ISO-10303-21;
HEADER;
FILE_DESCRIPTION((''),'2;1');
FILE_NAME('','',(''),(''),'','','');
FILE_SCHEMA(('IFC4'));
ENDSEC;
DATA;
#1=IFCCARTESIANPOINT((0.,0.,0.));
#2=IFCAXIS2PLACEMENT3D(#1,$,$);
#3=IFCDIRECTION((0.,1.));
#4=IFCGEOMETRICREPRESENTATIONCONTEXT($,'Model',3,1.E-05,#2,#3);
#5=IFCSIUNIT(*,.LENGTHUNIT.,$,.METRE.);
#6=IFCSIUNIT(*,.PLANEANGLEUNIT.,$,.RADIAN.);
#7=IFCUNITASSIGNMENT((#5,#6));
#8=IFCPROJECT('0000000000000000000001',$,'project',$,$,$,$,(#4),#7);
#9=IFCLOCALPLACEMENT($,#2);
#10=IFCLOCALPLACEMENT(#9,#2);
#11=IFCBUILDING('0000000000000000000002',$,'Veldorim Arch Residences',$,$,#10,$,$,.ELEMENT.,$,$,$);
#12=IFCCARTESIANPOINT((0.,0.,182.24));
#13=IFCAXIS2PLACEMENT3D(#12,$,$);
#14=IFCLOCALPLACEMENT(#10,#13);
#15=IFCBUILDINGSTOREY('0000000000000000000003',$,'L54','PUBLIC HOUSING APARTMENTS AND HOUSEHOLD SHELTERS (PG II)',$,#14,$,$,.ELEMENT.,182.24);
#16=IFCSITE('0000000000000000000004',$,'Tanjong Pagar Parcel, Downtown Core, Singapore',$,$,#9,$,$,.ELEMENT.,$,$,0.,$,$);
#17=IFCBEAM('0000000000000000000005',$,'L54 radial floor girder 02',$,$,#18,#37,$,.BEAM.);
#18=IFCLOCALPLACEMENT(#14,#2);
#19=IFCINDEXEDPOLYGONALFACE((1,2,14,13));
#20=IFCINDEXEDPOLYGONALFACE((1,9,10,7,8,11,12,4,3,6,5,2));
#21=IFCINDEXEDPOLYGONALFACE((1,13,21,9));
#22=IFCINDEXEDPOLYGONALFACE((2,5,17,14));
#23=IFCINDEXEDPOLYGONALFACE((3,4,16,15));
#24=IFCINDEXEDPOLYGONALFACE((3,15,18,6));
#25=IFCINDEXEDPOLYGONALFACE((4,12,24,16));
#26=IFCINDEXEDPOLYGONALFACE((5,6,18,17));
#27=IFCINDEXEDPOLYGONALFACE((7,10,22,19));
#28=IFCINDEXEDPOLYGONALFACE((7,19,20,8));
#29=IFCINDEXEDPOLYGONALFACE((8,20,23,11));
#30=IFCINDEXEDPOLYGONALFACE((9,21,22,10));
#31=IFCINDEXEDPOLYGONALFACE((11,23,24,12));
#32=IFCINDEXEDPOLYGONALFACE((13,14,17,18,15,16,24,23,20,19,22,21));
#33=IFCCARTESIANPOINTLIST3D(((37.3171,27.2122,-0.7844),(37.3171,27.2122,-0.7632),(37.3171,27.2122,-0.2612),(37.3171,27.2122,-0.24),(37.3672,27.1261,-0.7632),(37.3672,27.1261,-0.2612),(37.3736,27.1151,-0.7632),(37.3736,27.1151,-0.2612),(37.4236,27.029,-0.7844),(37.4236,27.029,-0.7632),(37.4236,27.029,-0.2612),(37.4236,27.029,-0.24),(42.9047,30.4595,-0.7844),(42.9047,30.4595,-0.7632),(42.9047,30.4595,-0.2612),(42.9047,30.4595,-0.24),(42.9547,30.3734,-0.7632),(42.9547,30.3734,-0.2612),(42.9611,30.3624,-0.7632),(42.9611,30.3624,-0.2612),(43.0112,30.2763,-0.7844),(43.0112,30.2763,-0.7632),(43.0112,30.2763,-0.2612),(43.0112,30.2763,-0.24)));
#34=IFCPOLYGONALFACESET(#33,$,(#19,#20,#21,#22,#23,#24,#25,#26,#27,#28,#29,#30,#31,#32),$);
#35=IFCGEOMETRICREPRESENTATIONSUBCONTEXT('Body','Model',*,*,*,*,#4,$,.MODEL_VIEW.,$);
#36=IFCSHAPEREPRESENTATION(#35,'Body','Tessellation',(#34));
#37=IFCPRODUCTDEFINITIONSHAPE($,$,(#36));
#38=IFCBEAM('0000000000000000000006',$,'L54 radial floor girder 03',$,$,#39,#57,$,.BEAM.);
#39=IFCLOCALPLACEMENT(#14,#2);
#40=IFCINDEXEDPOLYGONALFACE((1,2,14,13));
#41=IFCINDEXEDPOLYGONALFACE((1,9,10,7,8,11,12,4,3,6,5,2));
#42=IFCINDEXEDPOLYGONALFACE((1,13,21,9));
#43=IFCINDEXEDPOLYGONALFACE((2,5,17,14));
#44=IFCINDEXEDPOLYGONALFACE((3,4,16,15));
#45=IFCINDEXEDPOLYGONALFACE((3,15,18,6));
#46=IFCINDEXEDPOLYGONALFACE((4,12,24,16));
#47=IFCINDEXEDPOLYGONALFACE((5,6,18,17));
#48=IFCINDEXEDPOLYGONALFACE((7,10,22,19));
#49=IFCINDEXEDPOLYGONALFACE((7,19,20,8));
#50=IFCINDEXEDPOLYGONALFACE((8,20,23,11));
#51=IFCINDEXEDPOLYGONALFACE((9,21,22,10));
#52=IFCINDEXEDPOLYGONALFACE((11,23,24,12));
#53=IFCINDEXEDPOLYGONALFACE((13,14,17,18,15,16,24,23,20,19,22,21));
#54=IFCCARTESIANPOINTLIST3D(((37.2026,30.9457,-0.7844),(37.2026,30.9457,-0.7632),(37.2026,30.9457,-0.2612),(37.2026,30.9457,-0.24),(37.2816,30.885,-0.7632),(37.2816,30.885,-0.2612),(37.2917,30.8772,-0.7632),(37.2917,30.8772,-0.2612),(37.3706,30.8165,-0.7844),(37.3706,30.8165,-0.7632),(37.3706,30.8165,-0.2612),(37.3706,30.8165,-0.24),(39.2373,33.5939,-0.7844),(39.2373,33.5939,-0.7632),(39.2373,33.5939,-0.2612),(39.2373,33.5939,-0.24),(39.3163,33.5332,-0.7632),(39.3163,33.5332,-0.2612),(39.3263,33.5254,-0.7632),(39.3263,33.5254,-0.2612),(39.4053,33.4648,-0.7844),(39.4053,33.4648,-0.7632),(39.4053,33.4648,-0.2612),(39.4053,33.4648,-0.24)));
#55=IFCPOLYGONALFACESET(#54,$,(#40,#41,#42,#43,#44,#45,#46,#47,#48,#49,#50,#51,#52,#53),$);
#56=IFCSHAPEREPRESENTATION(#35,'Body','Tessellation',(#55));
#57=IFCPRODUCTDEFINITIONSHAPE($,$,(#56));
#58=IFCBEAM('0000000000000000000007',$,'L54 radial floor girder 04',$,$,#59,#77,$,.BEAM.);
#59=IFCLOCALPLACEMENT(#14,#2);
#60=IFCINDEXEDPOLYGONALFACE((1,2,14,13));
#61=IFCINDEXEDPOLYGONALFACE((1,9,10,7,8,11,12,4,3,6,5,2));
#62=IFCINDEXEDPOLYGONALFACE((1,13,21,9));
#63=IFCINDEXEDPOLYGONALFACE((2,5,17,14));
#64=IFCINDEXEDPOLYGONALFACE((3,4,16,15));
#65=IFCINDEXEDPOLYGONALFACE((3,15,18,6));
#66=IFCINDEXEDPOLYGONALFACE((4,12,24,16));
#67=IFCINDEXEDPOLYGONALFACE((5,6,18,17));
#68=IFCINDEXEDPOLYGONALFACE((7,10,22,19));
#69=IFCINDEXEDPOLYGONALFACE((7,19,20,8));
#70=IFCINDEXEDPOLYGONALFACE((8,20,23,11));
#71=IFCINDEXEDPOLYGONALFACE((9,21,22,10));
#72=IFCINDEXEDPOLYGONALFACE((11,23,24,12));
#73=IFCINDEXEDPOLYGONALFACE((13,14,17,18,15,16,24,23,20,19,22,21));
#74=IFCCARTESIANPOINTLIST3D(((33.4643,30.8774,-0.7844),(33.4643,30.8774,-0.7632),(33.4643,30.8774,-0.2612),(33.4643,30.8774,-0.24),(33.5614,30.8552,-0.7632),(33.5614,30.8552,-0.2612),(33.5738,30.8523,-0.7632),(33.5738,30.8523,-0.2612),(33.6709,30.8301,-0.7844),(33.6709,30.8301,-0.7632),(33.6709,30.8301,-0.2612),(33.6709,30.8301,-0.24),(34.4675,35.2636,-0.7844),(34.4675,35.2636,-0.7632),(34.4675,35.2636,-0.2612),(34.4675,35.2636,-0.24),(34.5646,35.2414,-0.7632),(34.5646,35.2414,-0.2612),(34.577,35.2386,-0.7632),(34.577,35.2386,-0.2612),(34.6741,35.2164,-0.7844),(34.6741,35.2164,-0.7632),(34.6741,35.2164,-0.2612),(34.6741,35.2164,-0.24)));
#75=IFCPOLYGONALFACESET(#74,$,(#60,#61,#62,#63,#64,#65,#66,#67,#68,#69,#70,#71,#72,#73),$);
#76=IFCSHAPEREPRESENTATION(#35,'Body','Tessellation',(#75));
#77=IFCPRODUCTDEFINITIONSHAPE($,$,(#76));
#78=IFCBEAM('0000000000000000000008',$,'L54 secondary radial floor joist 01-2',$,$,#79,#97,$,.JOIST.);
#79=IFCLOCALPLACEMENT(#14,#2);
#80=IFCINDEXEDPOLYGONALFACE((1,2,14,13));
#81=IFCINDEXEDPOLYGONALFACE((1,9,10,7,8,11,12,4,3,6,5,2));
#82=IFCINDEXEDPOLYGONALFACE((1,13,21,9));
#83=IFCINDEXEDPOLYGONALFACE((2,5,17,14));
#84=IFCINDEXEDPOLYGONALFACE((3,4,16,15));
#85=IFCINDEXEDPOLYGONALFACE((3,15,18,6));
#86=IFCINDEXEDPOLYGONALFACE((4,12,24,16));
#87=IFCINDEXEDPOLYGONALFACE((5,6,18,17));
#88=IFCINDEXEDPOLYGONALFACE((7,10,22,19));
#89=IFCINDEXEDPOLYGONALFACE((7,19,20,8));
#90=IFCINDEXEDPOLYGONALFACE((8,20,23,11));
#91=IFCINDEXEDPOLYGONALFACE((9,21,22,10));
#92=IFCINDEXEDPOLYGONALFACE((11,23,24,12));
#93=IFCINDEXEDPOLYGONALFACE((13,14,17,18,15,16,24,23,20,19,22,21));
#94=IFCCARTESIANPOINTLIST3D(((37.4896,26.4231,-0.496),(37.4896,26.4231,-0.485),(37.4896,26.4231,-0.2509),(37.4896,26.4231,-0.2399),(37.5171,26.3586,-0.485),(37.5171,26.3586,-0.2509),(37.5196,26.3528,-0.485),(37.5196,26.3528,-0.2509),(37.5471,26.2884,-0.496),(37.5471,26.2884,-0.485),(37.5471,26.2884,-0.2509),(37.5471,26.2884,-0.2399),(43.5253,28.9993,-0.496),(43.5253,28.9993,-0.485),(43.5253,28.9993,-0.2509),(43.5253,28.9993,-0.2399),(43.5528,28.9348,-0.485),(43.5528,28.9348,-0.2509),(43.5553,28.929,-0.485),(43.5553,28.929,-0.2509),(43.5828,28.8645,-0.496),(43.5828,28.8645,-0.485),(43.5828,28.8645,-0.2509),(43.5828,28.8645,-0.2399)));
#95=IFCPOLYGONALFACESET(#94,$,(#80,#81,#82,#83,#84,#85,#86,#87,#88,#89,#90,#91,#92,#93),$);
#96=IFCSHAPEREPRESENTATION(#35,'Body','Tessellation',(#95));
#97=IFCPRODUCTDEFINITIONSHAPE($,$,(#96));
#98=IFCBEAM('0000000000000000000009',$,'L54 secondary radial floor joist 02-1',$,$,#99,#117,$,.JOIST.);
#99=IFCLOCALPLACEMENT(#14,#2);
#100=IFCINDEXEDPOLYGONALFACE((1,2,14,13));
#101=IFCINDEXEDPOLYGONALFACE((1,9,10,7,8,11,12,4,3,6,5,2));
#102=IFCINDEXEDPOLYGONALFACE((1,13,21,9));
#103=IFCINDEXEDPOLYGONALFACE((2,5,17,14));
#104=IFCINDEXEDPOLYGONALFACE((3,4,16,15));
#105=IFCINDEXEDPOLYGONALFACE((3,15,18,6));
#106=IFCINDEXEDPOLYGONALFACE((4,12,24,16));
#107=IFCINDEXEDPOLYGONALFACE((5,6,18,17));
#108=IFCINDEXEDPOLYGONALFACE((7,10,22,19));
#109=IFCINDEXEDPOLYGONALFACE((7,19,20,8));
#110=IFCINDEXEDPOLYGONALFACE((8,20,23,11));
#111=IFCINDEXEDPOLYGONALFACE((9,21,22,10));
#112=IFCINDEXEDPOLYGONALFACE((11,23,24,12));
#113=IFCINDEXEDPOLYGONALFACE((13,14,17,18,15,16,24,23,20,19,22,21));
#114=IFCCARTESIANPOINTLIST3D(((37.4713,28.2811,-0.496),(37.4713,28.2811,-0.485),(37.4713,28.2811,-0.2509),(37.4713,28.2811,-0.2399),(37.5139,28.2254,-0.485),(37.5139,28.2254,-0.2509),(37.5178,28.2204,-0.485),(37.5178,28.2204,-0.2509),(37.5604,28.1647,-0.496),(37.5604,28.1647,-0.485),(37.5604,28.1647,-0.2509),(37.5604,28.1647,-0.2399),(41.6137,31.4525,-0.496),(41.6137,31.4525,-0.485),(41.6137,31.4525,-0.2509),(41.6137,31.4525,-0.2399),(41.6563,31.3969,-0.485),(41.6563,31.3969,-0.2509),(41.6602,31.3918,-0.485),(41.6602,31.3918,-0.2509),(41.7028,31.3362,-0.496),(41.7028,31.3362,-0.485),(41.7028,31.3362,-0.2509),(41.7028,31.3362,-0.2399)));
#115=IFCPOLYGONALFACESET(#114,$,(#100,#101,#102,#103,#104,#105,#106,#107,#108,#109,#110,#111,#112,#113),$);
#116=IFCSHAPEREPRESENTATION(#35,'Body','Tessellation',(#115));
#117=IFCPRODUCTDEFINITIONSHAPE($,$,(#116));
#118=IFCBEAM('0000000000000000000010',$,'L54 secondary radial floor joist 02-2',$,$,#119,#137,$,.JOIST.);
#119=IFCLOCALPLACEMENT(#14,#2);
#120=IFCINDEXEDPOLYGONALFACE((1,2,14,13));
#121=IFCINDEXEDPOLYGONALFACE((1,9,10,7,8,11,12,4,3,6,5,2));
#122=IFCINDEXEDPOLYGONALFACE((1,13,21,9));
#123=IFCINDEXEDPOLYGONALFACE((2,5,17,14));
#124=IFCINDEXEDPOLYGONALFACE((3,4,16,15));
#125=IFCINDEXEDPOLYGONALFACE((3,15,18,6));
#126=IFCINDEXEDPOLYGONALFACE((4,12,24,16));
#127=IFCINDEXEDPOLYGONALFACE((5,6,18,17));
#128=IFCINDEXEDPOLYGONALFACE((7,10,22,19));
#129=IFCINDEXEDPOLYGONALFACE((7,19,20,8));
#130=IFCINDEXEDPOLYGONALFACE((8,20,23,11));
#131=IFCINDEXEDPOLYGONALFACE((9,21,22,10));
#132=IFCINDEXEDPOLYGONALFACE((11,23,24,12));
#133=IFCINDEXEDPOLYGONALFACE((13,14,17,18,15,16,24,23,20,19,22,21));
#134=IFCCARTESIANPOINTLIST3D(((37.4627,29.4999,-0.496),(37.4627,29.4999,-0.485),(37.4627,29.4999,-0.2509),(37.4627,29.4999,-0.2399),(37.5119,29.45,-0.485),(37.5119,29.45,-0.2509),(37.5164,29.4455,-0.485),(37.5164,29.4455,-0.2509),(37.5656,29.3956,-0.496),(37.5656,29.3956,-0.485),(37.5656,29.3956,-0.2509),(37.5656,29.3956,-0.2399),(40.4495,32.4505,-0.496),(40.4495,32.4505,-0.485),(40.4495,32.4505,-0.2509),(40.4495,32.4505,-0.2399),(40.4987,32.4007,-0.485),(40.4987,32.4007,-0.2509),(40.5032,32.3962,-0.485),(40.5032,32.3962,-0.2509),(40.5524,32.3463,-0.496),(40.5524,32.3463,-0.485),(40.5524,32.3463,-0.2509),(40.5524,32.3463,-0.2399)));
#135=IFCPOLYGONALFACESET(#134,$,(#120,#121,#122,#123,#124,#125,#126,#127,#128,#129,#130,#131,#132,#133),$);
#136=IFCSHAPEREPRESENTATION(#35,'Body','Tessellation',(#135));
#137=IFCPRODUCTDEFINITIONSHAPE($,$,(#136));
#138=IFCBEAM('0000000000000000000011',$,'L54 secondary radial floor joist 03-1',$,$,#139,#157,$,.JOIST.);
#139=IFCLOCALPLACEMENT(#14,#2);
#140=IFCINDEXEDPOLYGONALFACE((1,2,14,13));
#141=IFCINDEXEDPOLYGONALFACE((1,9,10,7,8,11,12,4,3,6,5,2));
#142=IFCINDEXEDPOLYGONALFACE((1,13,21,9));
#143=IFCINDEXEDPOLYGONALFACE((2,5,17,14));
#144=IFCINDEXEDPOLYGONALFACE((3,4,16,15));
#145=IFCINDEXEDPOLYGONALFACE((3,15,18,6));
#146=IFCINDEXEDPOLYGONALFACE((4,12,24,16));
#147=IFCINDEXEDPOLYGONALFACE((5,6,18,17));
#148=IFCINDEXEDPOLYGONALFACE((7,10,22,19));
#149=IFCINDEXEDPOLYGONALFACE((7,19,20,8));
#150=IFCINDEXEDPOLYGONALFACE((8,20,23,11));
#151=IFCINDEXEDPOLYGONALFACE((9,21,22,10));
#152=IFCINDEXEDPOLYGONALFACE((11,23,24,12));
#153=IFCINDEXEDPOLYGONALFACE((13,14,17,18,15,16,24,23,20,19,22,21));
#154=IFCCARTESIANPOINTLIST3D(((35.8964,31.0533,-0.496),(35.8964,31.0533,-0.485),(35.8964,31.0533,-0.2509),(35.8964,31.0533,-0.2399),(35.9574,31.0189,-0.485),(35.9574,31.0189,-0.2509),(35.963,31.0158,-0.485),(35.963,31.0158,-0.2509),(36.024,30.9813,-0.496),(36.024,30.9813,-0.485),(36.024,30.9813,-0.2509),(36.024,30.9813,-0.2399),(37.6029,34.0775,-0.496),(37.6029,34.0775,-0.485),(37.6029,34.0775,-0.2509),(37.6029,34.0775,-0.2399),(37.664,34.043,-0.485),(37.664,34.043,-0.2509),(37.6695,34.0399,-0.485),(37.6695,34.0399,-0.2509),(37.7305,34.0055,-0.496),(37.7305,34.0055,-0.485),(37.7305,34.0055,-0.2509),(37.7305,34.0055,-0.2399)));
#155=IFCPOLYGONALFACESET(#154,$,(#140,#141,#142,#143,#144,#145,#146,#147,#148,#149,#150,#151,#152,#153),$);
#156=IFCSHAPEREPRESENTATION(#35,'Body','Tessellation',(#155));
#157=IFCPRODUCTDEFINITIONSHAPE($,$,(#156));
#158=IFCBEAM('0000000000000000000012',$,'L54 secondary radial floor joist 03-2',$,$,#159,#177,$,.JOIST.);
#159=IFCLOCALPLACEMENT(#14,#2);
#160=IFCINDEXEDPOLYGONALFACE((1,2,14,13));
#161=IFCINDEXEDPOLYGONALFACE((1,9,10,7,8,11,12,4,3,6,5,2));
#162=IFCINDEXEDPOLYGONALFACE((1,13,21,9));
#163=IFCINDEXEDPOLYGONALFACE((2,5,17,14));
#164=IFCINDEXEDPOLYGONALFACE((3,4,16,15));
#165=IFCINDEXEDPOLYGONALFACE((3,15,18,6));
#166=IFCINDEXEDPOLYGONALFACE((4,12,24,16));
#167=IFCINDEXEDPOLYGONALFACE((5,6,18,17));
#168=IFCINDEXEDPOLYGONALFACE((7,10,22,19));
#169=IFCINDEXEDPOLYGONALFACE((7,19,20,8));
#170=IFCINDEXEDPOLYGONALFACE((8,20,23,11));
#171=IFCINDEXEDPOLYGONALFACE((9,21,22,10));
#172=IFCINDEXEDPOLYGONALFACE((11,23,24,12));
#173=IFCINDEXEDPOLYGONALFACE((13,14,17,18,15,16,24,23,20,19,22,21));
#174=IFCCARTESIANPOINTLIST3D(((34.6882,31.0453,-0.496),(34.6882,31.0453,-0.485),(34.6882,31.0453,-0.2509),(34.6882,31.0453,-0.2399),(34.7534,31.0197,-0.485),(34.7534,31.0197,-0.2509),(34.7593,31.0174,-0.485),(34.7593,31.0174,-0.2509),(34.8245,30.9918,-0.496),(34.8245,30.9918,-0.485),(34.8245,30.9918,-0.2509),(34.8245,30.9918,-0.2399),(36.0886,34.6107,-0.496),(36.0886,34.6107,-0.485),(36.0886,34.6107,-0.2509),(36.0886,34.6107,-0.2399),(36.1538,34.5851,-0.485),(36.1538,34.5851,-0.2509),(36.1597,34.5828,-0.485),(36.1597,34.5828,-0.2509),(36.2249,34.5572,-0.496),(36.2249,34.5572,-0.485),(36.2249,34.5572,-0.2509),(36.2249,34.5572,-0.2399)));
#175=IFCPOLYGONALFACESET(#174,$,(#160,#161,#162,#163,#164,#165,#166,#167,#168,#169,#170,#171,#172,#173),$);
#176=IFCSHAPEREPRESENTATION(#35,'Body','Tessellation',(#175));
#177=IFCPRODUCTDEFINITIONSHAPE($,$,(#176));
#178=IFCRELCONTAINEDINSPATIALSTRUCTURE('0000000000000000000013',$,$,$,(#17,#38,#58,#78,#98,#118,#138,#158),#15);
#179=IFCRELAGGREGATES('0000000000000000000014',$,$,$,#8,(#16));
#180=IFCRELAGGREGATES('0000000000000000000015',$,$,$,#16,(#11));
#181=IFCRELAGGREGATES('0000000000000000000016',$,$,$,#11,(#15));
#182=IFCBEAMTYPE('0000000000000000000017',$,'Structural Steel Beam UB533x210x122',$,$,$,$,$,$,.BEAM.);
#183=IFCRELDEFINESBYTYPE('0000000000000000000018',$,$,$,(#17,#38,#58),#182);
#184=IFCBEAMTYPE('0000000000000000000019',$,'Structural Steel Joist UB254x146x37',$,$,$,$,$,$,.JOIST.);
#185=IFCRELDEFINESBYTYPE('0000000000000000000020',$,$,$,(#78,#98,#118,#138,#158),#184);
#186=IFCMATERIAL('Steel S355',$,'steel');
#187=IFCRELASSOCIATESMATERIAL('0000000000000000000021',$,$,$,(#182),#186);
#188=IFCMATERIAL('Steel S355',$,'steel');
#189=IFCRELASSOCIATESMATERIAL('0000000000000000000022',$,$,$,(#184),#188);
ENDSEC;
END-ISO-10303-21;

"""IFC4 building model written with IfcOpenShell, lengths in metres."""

from ifc_helpers import new_model, si_unit, direction, frame, origin, origin_2d, place, context, subcontext, project, spatial, i_section, extrude, material, material_profile, profile_set, type_object, element, save


model = new_model("IFC4")

# Units and contexts
model_context = context("Model", 3, precision=1e-05, world=origin(), true_north=direction((0.0, 1.0)))
body_context = subcontext(model_context, "Body", "Model", "MODEL_VIEW")
ifc_project = project(units=[si_unit("LENGTHUNIT", "METRE"), si_unit("PLANEANGLEUNIT", "RADIAN")], contexts=[model_context])

# Site, building, storey
site_placement = place(None, origin())
site = spatial("IfcSite", under=ifc_project, at=site_placement, Name="Tanjong Pagar Parcel, Downtown Core, Singapore", CompositionType="ELEMENT", RefElevation=0.0)
building_placement = place(site_placement, origin())
building = spatial("IfcBuilding", under=site, at=building_placement, Name="Veldorim Arch Residences", CompositionType="ELEMENT")
storey_placement = place(building_placement, frame((0.0, 0.0, 182.24)))
storey = spatial("IfcBuildingStorey", under=building, at=storey_placement, Name="L54", Description="PUBLIC HOUSING APARTMENTS AND HOUSEHOLD SHELTERS (PG II)", CompositionType="ELEMENT", Elevation=182.24)

# Beams
ifc_material_1 = material(Name="Steel S355", Category="steel")
ifc_material_profile_1 = material_profile(ifc_material_1, i_section(OverallWidth=0.2119, OverallDepth=0.5444, WebThickness=0.0127, FlangeThickness=0.0212, at=origin_2d()), Name="UB533x210x122")
ifc_profile_set_1 = profile_set([ifc_material_profile_1], Name="Steel S355")
beam_type_1 = type_object("IfcBeamType", Name="Structural Steel Beam UB533x210x122", PredefinedType="BEAM", material=ifc_profile_set_1)
beam_1_placement = place(storey_placement, frame((37.3704, 27.1206, -0.5122), z_axis=(0.864596, 0.502468, 0.0), x_axis=(-0.502468, 0.864596, 0.0)))
element("IfcBeam", 1, at=beam_1_placement, inside=storey, type_object=beam_type_1, Name="L54 radial floor girder 02", PredefinedType="BEAM", context=body_context, shape_type="SweptSolid", body=[
    extrude(i_section(OverallWidth=0.2119, OverallDepth=0.5444, WebThickness=0.0127, FlangeThickness=0.0212, at=origin_2d()), origin(), (0.0, 0.0, 1.0), 6.4626),
])
beam_2_placement = place(storey_placement, frame((37.2866, 30.8811, -0.5122), z_axis=(0.609258, 0.792972, 0.0), x_axis=(-0.792972, 0.609258, 0.0)))
element("IfcBeam", 2, at=beam_2_placement, inside=storey, type_object=beam_type_1, Name="L54 radial floor girder 03", PredefinedType="BEAM", context=body_context, shape_type="SweptSolid", body=[
    extrude(i_section(OverallWidth=0.2119, OverallDepth=0.5444, WebThickness=0.0127, FlangeThickness=0.0212, at=origin_2d()), origin(), (0.0, 0.0, 1.0), 3.3396),
])
beam_3_placement = place(storey_placement, frame((33.5676, 30.8538, -0.5122), z_axis=(0.222953, 0.974829, 0.0), x_axis=(-0.974829, 0.222953, 0.0)))
element("IfcBeam", 3, at=beam_3_placement, inside=storey, type_object=beam_type_1, Name="L54 radial floor girder 04", PredefinedType="BEAM", context=body_context, shape_type="SweptSolid", body=[
    extrude(i_section(OverallWidth=0.2119, OverallDepth=0.5444, WebThickness=0.0127, FlangeThickness=0.0212, at=origin_2d()), origin(), (0.0, 0.0, 1.0), 4.4995),
])
ifc_material_2 = material(Name="Steel S355", Category="steel")
ifc_material_profile_2 = material_profile(ifc_material_2, i_section(OverallWidth=0.1465, OverallDepth=0.2561, WebThickness=0.0063, FlangeThickness=0.011, at=origin_2d()), Name="UB254x146x37")
ifc_profile_set_2 = profile_set([ifc_material_profile_2], Name="Steel S355")
beam_type_2 = type_object("IfcBeamType", Name="Structural Steel Joist UB254x146x37", PredefinedType="JOIST", material=ifc_profile_set_2)
beam_4_placement = place(storey_placement, frame((37.5183, 26.3557, -0.3679), z_axis=(0.919725, 0.392563, 0.0), x_axis=(-0.392563, 0.919725, 0.0)))
element("IfcBeam", 4, at=beam_4_placement, inside=storey, type_object=beam_type_2, Name="L54 secondary radial floor joist 01-2", PredefinedType="JOIST", context=body_context, shape_type="SweptSolid", body=[
    extrude(i_section(OverallWidth=0.1465, OverallDepth=0.2561, WebThickness=0.0063, FlangeThickness=0.011, at=origin_2d()), origin(), (0.0, 0.0, 1.0), 6.5625),
])
beam_5_placement = place(storey_placement, frame((37.5159, 28.2229, -0.3679), z_axis=(0.794014, 0.6079, 0.0), x_axis=(-0.6079, 0.794014, 0.0)))
element("IfcBeam", 5, at=beam_5_placement, inside=storey, type_object=beam_type_2, Name="L54 secondary radial floor joist 02-1", PredefinedType="JOIST", context=body_context, shape_type="SweptSolid", body=[
    extrude(i_section(OverallWidth=0.1465, OverallDepth=0.2561, WebThickness=0.0063, FlangeThickness=0.011, at=origin_2d()), origin(), (0.0, 0.0, 1.0), 5.217),
])
beam_6_placement = place(storey_placement, frame((37.5142, 29.4478, -0.3679), z_axis=(0.711397, 0.702791, 0.0), x_axis=(-0.702791, 0.711397, 0.0)))
element("IfcBeam", 6, at=beam_6_placement, inside=storey, type_object=beam_type_2, Name="L54 secondary radial floor joist 02-2", PredefinedType="JOIST", context=body_context, shape_type="SweptSolid", body=[
    extrude(i_section(OverallWidth=0.1465, OverallDepth=0.2561, WebThickness=0.0063, FlangeThickness=0.011, at=origin_2d()), origin(), (0.0, 0.0, 1.0), 4.1985),
])
beam_7_placement = place(storey_placement, frame((35.9602, 31.0173, -0.3679), z_axis=(0.491452, 0.870904, 0.0), x_axis=(-0.870904, 0.491452, 0.0)))
element("IfcBeam", 7, at=beam_7_placement, inside=storey, type_object=beam_type_2, Name="L54 secondary radial floor joist 03-1", PredefinedType="JOIST", context=body_context, shape_type="SweptSolid", body=[
    extrude(i_section(OverallWidth=0.1465, OverallDepth=0.2561, WebThickness=0.0063, FlangeThickness=0.011, at=origin_2d()), origin(), (0.0, 0.0, 1.0), 3.4724),
])
beam_8_placement = place(storey_placement, frame((34.7563, 31.0186, -0.3679), z_axis=(0.365581, 0.930779, 0.0), x_axis=(-0.930779, 0.365581, 0.0)))
element("IfcBeam", 8, at=beam_8_placement, inside=storey, type_object=beam_type_2, Name="L54 secondary radial floor joist 03-2", PredefinedType="JOIST", context=body_context, shape_type="SweptSolid", body=[
    extrude(i_section(OverallWidth=0.1465, OverallDepth=0.2561, WebThickness=0.0063, FlangeThickness=0.011, at=origin_2d()), origin(), (0.0, 0.0, 1.0), 3.8306),
])

save(model, "model.ifc")
